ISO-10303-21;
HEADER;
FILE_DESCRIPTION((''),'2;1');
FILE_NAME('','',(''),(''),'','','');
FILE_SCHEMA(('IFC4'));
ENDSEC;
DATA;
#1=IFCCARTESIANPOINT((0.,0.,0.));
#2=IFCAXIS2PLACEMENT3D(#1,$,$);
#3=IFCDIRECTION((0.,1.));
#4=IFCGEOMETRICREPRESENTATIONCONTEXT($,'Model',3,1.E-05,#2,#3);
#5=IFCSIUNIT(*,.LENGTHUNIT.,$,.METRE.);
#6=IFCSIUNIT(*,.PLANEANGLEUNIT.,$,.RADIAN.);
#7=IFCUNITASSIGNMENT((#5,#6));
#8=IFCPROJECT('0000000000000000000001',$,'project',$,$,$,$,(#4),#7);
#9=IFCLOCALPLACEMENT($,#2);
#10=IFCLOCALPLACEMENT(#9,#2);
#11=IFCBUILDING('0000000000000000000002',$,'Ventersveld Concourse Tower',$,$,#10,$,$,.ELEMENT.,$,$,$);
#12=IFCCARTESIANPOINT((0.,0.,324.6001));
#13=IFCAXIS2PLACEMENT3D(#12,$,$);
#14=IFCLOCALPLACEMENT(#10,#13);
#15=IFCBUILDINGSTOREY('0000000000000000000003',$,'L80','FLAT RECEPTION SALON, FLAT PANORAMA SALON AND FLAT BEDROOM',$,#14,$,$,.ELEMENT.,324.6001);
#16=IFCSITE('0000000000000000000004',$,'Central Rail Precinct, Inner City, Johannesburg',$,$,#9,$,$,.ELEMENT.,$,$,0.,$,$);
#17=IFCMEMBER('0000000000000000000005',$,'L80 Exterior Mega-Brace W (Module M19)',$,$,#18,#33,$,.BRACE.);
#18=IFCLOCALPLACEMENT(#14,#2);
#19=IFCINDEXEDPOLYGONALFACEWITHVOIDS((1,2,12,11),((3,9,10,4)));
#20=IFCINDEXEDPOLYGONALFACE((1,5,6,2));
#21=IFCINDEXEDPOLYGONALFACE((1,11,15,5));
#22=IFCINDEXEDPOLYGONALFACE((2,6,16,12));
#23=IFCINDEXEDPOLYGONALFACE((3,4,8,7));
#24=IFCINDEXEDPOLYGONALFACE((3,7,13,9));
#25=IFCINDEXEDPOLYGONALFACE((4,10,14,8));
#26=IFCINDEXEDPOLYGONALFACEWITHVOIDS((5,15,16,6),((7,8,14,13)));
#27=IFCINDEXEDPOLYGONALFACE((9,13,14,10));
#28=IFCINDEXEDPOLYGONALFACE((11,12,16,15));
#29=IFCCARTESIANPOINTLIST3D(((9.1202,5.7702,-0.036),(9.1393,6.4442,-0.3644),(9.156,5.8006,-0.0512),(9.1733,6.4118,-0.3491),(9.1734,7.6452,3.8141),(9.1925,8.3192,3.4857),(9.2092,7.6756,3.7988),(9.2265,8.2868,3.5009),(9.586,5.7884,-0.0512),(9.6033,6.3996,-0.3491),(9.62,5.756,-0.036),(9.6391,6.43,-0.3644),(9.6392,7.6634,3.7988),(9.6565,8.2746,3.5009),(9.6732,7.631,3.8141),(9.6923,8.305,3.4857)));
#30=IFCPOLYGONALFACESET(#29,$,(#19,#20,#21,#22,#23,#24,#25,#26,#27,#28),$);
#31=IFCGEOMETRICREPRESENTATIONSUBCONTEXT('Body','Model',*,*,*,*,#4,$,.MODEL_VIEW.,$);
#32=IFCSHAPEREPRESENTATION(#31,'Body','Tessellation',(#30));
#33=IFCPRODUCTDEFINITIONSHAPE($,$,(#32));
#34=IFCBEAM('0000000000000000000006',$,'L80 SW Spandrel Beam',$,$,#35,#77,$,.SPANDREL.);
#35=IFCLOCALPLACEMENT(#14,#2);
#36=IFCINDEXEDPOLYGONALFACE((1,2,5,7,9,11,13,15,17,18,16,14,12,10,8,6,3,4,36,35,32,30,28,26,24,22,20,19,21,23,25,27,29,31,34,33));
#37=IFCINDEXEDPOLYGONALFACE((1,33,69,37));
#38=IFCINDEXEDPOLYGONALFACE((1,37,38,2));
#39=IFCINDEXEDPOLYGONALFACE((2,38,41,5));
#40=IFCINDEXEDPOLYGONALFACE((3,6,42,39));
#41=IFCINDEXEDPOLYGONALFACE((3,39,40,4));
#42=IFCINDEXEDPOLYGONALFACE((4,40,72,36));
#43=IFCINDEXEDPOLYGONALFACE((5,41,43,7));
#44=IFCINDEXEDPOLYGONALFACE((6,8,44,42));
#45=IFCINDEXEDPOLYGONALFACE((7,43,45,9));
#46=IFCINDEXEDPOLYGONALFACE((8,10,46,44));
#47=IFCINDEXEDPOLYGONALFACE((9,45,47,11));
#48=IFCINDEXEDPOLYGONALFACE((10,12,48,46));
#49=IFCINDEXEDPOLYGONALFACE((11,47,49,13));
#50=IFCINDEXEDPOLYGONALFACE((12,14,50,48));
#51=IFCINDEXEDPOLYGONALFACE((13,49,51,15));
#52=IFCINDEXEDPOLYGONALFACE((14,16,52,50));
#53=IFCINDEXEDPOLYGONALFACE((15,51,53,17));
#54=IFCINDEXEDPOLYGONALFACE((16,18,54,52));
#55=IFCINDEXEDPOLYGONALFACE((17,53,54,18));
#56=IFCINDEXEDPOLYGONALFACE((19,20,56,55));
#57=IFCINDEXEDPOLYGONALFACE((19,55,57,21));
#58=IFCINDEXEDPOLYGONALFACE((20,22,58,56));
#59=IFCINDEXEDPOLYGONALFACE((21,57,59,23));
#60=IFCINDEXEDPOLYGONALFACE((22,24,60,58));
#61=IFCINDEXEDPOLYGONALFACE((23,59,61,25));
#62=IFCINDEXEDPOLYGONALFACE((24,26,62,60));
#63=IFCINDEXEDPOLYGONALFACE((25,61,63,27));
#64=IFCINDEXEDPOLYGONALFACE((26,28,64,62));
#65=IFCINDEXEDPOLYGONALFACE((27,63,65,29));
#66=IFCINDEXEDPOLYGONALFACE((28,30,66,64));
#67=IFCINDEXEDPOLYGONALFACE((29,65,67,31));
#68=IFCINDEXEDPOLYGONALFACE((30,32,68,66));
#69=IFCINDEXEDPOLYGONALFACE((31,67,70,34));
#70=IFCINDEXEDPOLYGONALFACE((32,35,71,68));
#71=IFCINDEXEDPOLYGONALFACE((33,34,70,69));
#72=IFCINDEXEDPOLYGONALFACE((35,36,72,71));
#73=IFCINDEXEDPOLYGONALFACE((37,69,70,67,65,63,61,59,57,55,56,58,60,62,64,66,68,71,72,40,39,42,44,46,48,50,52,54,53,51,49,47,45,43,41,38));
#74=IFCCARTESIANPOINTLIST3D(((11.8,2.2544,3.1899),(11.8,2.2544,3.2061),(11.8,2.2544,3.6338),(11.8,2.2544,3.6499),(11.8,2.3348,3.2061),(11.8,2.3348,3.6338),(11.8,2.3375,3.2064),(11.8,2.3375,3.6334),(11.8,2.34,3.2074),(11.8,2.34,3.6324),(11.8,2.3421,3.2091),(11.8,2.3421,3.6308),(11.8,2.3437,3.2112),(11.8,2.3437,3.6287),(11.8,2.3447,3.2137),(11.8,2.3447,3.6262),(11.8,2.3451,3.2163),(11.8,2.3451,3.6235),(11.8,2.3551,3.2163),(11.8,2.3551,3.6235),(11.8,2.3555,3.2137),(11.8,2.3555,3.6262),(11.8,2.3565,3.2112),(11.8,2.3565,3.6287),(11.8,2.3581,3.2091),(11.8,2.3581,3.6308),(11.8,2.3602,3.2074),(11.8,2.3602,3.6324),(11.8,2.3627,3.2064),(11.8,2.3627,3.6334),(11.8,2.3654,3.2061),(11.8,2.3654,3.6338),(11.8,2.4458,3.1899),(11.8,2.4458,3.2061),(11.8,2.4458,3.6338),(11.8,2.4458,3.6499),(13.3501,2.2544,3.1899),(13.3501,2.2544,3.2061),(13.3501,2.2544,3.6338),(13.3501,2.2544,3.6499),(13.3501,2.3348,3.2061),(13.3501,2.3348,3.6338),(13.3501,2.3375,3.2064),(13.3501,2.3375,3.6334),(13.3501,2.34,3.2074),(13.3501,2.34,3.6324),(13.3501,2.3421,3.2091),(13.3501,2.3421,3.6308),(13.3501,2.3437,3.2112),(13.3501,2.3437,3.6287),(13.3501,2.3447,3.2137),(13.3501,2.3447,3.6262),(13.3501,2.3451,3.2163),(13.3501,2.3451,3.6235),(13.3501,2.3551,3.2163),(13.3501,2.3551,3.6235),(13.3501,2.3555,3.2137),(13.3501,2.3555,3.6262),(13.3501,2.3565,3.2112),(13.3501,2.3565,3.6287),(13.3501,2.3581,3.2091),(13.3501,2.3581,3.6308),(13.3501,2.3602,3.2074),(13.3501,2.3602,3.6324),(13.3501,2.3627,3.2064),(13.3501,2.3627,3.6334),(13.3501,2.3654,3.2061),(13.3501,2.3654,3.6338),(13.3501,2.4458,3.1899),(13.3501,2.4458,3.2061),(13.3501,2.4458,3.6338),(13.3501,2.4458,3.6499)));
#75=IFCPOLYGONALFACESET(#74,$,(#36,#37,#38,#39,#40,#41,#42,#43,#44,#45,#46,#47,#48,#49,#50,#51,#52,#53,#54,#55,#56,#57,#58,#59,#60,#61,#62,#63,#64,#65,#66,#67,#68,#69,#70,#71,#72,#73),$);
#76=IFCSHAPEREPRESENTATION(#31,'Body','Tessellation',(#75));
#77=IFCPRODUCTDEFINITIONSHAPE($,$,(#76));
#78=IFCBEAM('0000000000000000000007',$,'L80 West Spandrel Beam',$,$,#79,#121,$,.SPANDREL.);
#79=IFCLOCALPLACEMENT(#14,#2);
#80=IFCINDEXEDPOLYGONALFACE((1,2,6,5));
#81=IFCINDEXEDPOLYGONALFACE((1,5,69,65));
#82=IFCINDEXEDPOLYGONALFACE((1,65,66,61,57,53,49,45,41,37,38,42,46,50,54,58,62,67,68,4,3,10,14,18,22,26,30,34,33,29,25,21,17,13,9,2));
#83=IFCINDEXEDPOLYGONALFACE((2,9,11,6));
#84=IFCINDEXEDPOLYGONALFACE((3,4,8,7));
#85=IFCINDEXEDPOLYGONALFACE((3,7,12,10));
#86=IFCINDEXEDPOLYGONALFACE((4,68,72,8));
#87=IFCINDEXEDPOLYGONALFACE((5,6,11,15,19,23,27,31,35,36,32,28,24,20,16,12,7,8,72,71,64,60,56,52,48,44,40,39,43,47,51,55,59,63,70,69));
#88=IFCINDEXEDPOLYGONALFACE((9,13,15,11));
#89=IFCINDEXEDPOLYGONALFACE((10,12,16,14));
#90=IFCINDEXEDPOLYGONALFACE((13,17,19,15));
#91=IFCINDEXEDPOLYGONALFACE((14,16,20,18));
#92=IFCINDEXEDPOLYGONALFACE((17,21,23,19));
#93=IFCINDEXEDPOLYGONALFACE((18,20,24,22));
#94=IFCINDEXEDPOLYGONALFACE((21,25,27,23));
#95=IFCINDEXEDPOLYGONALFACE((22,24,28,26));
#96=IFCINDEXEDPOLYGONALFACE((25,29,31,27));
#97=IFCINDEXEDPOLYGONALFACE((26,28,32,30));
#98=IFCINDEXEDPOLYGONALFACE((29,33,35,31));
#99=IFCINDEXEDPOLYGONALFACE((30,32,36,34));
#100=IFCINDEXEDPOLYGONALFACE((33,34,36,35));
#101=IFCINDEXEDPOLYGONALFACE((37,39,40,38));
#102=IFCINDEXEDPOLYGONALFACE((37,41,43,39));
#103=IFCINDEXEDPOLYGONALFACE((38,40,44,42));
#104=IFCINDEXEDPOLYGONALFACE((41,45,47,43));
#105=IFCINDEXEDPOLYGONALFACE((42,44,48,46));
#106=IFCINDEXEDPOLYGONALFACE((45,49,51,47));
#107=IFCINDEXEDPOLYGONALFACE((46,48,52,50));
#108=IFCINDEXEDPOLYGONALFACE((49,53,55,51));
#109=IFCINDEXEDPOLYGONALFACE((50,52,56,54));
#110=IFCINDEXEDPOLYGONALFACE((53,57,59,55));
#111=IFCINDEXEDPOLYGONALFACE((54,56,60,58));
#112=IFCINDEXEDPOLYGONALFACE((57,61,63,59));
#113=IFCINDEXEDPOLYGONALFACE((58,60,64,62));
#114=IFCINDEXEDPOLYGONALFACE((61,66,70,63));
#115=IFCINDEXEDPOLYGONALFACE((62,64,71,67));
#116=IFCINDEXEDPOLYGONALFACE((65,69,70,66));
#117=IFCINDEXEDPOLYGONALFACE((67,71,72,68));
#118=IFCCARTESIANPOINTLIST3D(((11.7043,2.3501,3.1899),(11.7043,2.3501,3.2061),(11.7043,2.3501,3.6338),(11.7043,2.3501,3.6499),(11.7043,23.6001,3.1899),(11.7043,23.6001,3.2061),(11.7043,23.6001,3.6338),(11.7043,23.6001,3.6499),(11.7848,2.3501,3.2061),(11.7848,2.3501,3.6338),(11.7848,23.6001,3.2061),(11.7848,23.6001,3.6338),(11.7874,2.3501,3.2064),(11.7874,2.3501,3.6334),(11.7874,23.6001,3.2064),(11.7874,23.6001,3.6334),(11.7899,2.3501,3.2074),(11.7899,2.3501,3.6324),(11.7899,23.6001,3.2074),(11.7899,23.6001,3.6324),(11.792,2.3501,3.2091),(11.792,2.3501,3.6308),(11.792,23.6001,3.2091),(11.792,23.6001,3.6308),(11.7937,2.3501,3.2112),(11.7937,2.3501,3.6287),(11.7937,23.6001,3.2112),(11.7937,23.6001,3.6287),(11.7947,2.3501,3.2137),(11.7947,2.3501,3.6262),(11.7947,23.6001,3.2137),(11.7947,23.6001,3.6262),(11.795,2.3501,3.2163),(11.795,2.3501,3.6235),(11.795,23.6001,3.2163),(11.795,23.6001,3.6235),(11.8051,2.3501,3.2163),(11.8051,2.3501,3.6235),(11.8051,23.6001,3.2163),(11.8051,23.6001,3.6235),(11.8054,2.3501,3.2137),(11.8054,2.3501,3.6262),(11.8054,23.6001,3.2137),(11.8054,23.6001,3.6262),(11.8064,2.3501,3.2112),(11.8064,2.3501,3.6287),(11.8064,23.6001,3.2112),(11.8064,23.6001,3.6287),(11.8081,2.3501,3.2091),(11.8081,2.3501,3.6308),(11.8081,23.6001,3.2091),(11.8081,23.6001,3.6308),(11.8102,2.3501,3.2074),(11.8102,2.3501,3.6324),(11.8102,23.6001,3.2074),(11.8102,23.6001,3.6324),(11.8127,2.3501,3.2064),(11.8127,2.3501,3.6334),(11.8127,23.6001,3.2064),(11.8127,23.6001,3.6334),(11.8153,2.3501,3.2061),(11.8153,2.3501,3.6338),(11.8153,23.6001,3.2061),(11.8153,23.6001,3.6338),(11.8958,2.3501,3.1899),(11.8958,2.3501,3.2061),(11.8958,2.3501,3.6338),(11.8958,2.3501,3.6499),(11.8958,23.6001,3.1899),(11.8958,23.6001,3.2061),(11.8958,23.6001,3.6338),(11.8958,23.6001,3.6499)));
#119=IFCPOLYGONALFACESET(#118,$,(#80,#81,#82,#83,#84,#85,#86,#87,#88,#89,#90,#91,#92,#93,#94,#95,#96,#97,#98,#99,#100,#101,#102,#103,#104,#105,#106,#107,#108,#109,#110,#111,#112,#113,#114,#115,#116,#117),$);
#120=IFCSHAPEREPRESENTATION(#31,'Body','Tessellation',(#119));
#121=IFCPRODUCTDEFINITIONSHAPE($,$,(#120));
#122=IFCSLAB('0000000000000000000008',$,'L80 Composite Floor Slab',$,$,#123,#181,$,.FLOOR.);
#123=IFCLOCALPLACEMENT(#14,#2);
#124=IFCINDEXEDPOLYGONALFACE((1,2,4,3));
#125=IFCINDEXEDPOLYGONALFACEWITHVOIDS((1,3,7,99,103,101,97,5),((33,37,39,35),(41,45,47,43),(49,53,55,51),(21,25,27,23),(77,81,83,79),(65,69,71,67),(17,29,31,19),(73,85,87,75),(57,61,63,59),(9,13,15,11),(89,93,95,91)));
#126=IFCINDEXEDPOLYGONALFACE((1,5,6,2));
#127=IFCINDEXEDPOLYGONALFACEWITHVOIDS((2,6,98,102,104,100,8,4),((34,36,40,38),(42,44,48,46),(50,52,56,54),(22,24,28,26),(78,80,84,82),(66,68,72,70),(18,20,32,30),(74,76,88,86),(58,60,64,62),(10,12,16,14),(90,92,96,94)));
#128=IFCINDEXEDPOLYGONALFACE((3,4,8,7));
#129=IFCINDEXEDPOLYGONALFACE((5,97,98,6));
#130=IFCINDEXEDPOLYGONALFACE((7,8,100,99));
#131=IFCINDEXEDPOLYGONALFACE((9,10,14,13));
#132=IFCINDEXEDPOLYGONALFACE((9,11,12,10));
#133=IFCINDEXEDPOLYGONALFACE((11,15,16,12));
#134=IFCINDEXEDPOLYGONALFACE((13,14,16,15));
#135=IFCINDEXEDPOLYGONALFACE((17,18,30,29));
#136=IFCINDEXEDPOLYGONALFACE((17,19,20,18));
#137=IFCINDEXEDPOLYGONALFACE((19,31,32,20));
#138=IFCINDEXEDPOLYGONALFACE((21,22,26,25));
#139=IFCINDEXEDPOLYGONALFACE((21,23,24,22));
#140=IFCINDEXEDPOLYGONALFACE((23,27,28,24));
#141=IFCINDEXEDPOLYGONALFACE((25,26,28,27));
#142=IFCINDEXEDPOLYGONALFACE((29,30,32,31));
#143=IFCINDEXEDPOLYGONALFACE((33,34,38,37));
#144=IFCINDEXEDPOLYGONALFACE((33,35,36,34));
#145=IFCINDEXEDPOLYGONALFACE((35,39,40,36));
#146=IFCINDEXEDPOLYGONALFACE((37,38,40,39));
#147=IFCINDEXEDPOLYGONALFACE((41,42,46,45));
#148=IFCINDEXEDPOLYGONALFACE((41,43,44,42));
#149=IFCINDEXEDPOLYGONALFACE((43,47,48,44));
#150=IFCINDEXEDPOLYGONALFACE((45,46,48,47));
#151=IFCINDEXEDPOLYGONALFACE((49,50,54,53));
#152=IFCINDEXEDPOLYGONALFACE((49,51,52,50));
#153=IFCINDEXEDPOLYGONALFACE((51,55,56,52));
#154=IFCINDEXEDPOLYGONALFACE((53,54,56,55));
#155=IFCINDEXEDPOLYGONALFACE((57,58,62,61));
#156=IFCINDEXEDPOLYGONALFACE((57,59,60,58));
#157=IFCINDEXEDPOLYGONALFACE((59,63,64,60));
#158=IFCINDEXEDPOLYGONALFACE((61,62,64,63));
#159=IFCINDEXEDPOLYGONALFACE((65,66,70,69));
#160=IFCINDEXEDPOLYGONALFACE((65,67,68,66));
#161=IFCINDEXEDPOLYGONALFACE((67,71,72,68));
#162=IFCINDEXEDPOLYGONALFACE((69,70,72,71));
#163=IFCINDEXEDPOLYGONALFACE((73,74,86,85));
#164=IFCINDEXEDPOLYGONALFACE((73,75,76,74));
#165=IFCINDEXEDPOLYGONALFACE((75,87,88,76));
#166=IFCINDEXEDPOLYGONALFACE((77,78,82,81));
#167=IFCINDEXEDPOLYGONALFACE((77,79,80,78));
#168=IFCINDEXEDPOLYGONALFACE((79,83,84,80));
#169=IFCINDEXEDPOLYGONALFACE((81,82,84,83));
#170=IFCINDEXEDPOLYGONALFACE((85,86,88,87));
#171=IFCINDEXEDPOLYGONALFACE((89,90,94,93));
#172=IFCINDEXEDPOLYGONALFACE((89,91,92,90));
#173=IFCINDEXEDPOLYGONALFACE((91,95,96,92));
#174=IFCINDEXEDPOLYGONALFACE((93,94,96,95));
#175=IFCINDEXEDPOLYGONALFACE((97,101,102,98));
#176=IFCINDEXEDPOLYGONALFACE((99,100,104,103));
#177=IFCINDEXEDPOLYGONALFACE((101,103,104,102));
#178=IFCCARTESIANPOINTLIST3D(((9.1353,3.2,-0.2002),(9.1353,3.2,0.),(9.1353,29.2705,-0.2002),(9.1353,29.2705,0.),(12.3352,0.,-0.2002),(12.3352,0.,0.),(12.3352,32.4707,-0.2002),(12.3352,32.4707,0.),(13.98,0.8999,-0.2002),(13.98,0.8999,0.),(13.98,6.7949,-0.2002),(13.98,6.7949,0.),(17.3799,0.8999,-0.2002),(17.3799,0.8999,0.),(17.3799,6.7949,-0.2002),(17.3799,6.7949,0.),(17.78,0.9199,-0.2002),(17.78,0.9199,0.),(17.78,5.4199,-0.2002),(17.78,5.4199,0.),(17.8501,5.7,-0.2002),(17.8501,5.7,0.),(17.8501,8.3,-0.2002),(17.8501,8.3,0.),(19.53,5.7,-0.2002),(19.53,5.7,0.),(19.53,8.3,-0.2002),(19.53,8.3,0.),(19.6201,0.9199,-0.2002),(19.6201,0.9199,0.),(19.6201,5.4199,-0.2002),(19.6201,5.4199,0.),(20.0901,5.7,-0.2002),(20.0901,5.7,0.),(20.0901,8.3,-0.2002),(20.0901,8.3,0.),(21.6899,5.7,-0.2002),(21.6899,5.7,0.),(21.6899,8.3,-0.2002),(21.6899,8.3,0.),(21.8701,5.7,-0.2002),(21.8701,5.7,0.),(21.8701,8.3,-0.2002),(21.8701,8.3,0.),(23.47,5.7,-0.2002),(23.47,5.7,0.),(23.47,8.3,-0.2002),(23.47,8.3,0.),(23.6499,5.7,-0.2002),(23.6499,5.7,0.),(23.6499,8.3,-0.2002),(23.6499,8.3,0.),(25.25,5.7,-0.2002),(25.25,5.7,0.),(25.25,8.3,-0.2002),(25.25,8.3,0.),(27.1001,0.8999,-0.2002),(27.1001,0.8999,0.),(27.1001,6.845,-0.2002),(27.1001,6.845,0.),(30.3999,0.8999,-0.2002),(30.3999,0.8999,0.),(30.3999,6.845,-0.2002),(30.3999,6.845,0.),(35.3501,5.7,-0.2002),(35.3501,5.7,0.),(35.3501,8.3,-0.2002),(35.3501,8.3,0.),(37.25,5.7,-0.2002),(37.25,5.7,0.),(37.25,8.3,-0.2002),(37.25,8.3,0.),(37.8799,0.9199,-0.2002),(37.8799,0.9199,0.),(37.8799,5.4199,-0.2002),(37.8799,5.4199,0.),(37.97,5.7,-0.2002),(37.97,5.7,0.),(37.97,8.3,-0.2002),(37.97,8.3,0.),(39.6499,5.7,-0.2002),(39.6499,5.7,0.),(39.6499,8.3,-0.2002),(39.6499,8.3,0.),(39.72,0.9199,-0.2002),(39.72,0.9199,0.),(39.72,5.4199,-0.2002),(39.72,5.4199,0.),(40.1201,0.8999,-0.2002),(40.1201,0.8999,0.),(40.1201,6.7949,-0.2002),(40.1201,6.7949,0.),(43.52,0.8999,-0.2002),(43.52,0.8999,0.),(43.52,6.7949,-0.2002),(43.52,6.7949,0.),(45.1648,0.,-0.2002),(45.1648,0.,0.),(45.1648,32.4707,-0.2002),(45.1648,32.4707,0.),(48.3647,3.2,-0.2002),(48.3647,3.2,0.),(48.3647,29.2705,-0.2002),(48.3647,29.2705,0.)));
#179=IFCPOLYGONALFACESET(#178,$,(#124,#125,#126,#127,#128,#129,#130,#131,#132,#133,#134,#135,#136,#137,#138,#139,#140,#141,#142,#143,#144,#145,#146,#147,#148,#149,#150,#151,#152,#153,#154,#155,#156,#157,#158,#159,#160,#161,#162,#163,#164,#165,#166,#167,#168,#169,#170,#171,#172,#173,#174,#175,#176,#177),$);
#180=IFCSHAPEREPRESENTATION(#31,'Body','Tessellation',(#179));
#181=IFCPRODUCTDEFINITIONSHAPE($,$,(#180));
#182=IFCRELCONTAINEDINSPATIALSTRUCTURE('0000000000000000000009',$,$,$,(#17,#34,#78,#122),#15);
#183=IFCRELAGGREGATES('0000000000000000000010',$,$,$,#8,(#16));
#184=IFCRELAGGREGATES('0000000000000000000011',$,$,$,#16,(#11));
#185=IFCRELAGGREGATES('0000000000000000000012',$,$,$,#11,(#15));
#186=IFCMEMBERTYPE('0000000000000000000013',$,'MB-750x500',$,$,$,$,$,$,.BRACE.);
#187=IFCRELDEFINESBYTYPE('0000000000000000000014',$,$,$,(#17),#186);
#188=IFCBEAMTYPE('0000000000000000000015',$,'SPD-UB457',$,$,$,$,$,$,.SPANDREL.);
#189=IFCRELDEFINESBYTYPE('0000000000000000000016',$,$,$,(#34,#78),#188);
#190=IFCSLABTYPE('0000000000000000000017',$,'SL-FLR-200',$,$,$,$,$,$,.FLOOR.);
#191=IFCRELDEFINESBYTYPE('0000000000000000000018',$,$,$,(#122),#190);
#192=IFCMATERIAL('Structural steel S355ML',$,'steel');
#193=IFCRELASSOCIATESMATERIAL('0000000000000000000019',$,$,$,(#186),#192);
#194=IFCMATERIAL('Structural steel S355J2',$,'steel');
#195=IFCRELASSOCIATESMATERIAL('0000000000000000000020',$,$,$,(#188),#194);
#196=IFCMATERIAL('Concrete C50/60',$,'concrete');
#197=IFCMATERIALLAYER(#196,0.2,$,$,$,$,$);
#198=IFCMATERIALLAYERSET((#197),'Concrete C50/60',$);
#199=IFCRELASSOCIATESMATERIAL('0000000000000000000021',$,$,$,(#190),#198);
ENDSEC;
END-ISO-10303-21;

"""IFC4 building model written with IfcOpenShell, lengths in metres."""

from ifc_helpers import new_model, si_unit, direction, frame, origin, origin_2d, place, context, subcontext, project, spatial, polyline, hollow_rectangle, i_section, outline, extrude, material, layer, layer_set, material_profile, profile_set, type_object, element, save


model = new_model("IFC4")

# Units and contexts
model_context = context("Model", 3, precision=1e-05, world=origin(), true_north=direction((0.0, 1.0)))
body_context = subcontext(model_context, "Body", "Model", "MODEL_VIEW")
ifc_project = project(units=[si_unit("LENGTHUNIT", "METRE"), si_unit("PLANEANGLEUNIT", "RADIAN")], contexts=[model_context])

# Site, building, storey
site_placement = place(None, origin())
site = spatial("IfcSite", under=ifc_project, at=site_placement, Name="Central Rail Precinct, Inner City, Johannesburg", CompositionType="ELEMENT", RefElevation=0.0)
building_placement = place(site_placement, origin())
building = spatial("IfcBuilding", under=site, at=building_placement, Name="Ventersveld Concourse Tower", CompositionType="ELEMENT")
storey_placement = place(building_placement, frame((0.0, 0.0, 324.6001)))
storey = spatial("IfcBuildingStorey", under=building, at=storey_placement, Name="L80", Description="FLAT RECEPTION SALON, FLAT PANORAMA SALON AND FLAT BEDROOM", CompositionType="ELEMENT", Elevation=324.6001)

# Shared definitions
ifc_material_1 = material(Name="Concrete C50/60", Category="concrete")

# Shared definitions
ifc_material_2 = material(Name="Structural steel S355J2", Category="steel")

# Member
ifc_material_3 = material(Name="Structural steel S355ML", Category="steel")
ifc_material_profile_1 = material_profile(ifc_material_3, hollow_rectangle(XDim=0.5, YDim=0.75, WallThickness=0.0349, at=origin_2d()), Name="BOX 750x500x35")
ifc_profile_set_1 = profile_set([ifc_material_profile_1], Name="Structural steel S355ML")
member_type = type_object("IfcMemberType", Name="MB-750x500", PredefinedType="BRACE", material=ifc_profile_set_1)
member_placement = place(storey_placement, frame((9.3796, 6.1001, -0.2002), z_axis=(0.012427, 0.437806, 0.898984), x_axis=(-0.999597, 0.028374, 0.0)))
element("IfcMember", 1, at=member_placement, inside=storey, type_object=member_type, Name="L80 Exterior Mega-Brace W (Module M19)", PredefinedType="BRACE", context=body_context, shape_type="SweptSolid", body=[
    extrude(hollow_rectangle(XDim=0.5, YDim=0.75, WallThickness=0.0349, at=origin_2d()), origin(), (0.0, 0.0, 1.0), 4.2827),
])

# Beams
ifc_material_profile_2 = material_profile(ifc_material_2, i_section(OverallWidth=0.1914, OverallDepth=0.46, WebThickness=0.01, FlangeThickness=0.0161, FilletRadius=0.0103, at=origin_2d()), Name="UB 457x191x82")
ifc_profile_set_2 = profile_set([ifc_material_profile_2], Name="Structural steel S355J2")
beam_type_1 = type_object("IfcBeamType", Name="SPD-UB457", PredefinedType="SPANDREL", material=ifc_profile_set_2)
beam_1_placement = place(storey_placement, frame((11.8, 2.3501, 3.4199), z_axis=(1.0, 0.0, 0.0), x_axis=(0.0, 1.0, 0.0)))
element("IfcBeam", 2, at=beam_1_placement, inside=storey, type_object=beam_type_1, Name="L80 SW Spandrel Beam", PredefinedType="SPANDREL", context=body_context, shape_type="SweptSolid", body=[
    extrude(i_section(OverallWidth=0.1914, OverallDepth=0.46, WebThickness=0.01, FlangeThickness=0.0161, FilletRadius=0.0103, at=origin_2d()), origin(), (0.0, 0.0, 1.0), 1.55),
])
beam_2_placement = place(storey_placement, frame((11.8, 2.3501, 3.4199), z_axis=(0.0, 1.0, 0.0), x_axis=(-1.0, 0.0, 0.0)))
element("IfcBeam", 3, at=beam_2_placement, inside=storey, type_object=beam_type_1, Name="L80 West Spandrel Beam", PredefinedType="SPANDREL", context=body_context, shape_type="SweptSolid", body=[
    extrude(i_section(OverallWidth=0.1914, OverallDepth=0.46, WebThickness=0.01, FlangeThickness=0.0161, FilletRadius=0.0103, at=origin_2d()), origin(), (0.0, 0.0, 1.0), 21.25),
])

# Slab
ifc_layer_1 = layer(ifc_material_1, 0.2)
ifc_layer_set_1 = layer_set([ifc_layer_1], Name="Concrete C50/60")
slab_type_1 = type_object("IfcSlabType", Name="SL-FLR-200", PredefinedType="FLOOR", material=ifc_layer_set_1)
slab_1_placement = place(storey_placement, frame((0.0, 0.0, -0.2002)))
element("IfcSlab", 4, at=slab_1_placement, inside=storey, type_object=slab_type_1, Name="L80 Composite Floor Slab", PredefinedType="FLOOR", context=body_context, shape_type="SweptSolid", body=[
    extrude(outline(polyline([(12.3352, 0.0), (45.1648, 0.0), (48.3647, 3.2), (48.3647, 29.2705), (45.1648, 32.4707), (12.3352, 32.4707), (9.1353, 29.2705), (9.1353, 3.2), (12.3352, 0.0)]), holes=[polyline([(13.98, 6.7949), (13.98, 0.8999), (17.3799, 0.8999), (17.3799, 6.7949), (13.98, 6.7949)]), polyline([(40.1201, 6.7949), (40.1201, 0.8999), (43.52, 0.8999), (43.52, 6.7949), (40.1201, 6.7949)]), polyline([(27.1001, 6.845), (27.1001, 0.8999), (30.3999, 0.8999), (30.3999, 6.845), (27.1001, 6.845)]), polyline([(17.8501, 5.7), (19.53, 5.7), (19.53, 8.3), (17.8501, 8.3), (17.8501, 5.7)]), polyline([(37.97, 5.7), (39.6499, 5.7), (39.6499, 8.3), (37.97, 8.3), (37.97, 5.7)]), polyline([(35.3501, 5.7), (37.25, 5.7), (37.25, 8.3), (35.3501, 8.3), (35.3501, 5.7)]), polyline([(20.0901, 5.7), (21.6899, 5.7), (21.6899, 8.3), (20.0901, 8.3), (20.0901, 5.7)]), polyline([(21.8701, 5.7), (23.47, 5.7), (23.47, 8.3), (21.8701, 8.3), (21.8701, 5.7)]), polyline([(23.6499, 5.7), (25.25, 5.7), (25.25, 8.3), (23.6499, 8.3), (23.6499, 5.7)]), polyline([(17.78, 0.9199), (19.6201, 0.9199), (19.6201, 5.4199), (17.78, 5.4199), (17.78, 0.9199)]), polyline([(37.8799, 0.9199), (39.72, 0.9199), (39.72, 5.4199), (37.8799, 5.4199), (37.8799, 0.9199)])]), origin(), (0.0, 0.0, 1.0), 0.2002),
])

save(model, "model.ifc")
